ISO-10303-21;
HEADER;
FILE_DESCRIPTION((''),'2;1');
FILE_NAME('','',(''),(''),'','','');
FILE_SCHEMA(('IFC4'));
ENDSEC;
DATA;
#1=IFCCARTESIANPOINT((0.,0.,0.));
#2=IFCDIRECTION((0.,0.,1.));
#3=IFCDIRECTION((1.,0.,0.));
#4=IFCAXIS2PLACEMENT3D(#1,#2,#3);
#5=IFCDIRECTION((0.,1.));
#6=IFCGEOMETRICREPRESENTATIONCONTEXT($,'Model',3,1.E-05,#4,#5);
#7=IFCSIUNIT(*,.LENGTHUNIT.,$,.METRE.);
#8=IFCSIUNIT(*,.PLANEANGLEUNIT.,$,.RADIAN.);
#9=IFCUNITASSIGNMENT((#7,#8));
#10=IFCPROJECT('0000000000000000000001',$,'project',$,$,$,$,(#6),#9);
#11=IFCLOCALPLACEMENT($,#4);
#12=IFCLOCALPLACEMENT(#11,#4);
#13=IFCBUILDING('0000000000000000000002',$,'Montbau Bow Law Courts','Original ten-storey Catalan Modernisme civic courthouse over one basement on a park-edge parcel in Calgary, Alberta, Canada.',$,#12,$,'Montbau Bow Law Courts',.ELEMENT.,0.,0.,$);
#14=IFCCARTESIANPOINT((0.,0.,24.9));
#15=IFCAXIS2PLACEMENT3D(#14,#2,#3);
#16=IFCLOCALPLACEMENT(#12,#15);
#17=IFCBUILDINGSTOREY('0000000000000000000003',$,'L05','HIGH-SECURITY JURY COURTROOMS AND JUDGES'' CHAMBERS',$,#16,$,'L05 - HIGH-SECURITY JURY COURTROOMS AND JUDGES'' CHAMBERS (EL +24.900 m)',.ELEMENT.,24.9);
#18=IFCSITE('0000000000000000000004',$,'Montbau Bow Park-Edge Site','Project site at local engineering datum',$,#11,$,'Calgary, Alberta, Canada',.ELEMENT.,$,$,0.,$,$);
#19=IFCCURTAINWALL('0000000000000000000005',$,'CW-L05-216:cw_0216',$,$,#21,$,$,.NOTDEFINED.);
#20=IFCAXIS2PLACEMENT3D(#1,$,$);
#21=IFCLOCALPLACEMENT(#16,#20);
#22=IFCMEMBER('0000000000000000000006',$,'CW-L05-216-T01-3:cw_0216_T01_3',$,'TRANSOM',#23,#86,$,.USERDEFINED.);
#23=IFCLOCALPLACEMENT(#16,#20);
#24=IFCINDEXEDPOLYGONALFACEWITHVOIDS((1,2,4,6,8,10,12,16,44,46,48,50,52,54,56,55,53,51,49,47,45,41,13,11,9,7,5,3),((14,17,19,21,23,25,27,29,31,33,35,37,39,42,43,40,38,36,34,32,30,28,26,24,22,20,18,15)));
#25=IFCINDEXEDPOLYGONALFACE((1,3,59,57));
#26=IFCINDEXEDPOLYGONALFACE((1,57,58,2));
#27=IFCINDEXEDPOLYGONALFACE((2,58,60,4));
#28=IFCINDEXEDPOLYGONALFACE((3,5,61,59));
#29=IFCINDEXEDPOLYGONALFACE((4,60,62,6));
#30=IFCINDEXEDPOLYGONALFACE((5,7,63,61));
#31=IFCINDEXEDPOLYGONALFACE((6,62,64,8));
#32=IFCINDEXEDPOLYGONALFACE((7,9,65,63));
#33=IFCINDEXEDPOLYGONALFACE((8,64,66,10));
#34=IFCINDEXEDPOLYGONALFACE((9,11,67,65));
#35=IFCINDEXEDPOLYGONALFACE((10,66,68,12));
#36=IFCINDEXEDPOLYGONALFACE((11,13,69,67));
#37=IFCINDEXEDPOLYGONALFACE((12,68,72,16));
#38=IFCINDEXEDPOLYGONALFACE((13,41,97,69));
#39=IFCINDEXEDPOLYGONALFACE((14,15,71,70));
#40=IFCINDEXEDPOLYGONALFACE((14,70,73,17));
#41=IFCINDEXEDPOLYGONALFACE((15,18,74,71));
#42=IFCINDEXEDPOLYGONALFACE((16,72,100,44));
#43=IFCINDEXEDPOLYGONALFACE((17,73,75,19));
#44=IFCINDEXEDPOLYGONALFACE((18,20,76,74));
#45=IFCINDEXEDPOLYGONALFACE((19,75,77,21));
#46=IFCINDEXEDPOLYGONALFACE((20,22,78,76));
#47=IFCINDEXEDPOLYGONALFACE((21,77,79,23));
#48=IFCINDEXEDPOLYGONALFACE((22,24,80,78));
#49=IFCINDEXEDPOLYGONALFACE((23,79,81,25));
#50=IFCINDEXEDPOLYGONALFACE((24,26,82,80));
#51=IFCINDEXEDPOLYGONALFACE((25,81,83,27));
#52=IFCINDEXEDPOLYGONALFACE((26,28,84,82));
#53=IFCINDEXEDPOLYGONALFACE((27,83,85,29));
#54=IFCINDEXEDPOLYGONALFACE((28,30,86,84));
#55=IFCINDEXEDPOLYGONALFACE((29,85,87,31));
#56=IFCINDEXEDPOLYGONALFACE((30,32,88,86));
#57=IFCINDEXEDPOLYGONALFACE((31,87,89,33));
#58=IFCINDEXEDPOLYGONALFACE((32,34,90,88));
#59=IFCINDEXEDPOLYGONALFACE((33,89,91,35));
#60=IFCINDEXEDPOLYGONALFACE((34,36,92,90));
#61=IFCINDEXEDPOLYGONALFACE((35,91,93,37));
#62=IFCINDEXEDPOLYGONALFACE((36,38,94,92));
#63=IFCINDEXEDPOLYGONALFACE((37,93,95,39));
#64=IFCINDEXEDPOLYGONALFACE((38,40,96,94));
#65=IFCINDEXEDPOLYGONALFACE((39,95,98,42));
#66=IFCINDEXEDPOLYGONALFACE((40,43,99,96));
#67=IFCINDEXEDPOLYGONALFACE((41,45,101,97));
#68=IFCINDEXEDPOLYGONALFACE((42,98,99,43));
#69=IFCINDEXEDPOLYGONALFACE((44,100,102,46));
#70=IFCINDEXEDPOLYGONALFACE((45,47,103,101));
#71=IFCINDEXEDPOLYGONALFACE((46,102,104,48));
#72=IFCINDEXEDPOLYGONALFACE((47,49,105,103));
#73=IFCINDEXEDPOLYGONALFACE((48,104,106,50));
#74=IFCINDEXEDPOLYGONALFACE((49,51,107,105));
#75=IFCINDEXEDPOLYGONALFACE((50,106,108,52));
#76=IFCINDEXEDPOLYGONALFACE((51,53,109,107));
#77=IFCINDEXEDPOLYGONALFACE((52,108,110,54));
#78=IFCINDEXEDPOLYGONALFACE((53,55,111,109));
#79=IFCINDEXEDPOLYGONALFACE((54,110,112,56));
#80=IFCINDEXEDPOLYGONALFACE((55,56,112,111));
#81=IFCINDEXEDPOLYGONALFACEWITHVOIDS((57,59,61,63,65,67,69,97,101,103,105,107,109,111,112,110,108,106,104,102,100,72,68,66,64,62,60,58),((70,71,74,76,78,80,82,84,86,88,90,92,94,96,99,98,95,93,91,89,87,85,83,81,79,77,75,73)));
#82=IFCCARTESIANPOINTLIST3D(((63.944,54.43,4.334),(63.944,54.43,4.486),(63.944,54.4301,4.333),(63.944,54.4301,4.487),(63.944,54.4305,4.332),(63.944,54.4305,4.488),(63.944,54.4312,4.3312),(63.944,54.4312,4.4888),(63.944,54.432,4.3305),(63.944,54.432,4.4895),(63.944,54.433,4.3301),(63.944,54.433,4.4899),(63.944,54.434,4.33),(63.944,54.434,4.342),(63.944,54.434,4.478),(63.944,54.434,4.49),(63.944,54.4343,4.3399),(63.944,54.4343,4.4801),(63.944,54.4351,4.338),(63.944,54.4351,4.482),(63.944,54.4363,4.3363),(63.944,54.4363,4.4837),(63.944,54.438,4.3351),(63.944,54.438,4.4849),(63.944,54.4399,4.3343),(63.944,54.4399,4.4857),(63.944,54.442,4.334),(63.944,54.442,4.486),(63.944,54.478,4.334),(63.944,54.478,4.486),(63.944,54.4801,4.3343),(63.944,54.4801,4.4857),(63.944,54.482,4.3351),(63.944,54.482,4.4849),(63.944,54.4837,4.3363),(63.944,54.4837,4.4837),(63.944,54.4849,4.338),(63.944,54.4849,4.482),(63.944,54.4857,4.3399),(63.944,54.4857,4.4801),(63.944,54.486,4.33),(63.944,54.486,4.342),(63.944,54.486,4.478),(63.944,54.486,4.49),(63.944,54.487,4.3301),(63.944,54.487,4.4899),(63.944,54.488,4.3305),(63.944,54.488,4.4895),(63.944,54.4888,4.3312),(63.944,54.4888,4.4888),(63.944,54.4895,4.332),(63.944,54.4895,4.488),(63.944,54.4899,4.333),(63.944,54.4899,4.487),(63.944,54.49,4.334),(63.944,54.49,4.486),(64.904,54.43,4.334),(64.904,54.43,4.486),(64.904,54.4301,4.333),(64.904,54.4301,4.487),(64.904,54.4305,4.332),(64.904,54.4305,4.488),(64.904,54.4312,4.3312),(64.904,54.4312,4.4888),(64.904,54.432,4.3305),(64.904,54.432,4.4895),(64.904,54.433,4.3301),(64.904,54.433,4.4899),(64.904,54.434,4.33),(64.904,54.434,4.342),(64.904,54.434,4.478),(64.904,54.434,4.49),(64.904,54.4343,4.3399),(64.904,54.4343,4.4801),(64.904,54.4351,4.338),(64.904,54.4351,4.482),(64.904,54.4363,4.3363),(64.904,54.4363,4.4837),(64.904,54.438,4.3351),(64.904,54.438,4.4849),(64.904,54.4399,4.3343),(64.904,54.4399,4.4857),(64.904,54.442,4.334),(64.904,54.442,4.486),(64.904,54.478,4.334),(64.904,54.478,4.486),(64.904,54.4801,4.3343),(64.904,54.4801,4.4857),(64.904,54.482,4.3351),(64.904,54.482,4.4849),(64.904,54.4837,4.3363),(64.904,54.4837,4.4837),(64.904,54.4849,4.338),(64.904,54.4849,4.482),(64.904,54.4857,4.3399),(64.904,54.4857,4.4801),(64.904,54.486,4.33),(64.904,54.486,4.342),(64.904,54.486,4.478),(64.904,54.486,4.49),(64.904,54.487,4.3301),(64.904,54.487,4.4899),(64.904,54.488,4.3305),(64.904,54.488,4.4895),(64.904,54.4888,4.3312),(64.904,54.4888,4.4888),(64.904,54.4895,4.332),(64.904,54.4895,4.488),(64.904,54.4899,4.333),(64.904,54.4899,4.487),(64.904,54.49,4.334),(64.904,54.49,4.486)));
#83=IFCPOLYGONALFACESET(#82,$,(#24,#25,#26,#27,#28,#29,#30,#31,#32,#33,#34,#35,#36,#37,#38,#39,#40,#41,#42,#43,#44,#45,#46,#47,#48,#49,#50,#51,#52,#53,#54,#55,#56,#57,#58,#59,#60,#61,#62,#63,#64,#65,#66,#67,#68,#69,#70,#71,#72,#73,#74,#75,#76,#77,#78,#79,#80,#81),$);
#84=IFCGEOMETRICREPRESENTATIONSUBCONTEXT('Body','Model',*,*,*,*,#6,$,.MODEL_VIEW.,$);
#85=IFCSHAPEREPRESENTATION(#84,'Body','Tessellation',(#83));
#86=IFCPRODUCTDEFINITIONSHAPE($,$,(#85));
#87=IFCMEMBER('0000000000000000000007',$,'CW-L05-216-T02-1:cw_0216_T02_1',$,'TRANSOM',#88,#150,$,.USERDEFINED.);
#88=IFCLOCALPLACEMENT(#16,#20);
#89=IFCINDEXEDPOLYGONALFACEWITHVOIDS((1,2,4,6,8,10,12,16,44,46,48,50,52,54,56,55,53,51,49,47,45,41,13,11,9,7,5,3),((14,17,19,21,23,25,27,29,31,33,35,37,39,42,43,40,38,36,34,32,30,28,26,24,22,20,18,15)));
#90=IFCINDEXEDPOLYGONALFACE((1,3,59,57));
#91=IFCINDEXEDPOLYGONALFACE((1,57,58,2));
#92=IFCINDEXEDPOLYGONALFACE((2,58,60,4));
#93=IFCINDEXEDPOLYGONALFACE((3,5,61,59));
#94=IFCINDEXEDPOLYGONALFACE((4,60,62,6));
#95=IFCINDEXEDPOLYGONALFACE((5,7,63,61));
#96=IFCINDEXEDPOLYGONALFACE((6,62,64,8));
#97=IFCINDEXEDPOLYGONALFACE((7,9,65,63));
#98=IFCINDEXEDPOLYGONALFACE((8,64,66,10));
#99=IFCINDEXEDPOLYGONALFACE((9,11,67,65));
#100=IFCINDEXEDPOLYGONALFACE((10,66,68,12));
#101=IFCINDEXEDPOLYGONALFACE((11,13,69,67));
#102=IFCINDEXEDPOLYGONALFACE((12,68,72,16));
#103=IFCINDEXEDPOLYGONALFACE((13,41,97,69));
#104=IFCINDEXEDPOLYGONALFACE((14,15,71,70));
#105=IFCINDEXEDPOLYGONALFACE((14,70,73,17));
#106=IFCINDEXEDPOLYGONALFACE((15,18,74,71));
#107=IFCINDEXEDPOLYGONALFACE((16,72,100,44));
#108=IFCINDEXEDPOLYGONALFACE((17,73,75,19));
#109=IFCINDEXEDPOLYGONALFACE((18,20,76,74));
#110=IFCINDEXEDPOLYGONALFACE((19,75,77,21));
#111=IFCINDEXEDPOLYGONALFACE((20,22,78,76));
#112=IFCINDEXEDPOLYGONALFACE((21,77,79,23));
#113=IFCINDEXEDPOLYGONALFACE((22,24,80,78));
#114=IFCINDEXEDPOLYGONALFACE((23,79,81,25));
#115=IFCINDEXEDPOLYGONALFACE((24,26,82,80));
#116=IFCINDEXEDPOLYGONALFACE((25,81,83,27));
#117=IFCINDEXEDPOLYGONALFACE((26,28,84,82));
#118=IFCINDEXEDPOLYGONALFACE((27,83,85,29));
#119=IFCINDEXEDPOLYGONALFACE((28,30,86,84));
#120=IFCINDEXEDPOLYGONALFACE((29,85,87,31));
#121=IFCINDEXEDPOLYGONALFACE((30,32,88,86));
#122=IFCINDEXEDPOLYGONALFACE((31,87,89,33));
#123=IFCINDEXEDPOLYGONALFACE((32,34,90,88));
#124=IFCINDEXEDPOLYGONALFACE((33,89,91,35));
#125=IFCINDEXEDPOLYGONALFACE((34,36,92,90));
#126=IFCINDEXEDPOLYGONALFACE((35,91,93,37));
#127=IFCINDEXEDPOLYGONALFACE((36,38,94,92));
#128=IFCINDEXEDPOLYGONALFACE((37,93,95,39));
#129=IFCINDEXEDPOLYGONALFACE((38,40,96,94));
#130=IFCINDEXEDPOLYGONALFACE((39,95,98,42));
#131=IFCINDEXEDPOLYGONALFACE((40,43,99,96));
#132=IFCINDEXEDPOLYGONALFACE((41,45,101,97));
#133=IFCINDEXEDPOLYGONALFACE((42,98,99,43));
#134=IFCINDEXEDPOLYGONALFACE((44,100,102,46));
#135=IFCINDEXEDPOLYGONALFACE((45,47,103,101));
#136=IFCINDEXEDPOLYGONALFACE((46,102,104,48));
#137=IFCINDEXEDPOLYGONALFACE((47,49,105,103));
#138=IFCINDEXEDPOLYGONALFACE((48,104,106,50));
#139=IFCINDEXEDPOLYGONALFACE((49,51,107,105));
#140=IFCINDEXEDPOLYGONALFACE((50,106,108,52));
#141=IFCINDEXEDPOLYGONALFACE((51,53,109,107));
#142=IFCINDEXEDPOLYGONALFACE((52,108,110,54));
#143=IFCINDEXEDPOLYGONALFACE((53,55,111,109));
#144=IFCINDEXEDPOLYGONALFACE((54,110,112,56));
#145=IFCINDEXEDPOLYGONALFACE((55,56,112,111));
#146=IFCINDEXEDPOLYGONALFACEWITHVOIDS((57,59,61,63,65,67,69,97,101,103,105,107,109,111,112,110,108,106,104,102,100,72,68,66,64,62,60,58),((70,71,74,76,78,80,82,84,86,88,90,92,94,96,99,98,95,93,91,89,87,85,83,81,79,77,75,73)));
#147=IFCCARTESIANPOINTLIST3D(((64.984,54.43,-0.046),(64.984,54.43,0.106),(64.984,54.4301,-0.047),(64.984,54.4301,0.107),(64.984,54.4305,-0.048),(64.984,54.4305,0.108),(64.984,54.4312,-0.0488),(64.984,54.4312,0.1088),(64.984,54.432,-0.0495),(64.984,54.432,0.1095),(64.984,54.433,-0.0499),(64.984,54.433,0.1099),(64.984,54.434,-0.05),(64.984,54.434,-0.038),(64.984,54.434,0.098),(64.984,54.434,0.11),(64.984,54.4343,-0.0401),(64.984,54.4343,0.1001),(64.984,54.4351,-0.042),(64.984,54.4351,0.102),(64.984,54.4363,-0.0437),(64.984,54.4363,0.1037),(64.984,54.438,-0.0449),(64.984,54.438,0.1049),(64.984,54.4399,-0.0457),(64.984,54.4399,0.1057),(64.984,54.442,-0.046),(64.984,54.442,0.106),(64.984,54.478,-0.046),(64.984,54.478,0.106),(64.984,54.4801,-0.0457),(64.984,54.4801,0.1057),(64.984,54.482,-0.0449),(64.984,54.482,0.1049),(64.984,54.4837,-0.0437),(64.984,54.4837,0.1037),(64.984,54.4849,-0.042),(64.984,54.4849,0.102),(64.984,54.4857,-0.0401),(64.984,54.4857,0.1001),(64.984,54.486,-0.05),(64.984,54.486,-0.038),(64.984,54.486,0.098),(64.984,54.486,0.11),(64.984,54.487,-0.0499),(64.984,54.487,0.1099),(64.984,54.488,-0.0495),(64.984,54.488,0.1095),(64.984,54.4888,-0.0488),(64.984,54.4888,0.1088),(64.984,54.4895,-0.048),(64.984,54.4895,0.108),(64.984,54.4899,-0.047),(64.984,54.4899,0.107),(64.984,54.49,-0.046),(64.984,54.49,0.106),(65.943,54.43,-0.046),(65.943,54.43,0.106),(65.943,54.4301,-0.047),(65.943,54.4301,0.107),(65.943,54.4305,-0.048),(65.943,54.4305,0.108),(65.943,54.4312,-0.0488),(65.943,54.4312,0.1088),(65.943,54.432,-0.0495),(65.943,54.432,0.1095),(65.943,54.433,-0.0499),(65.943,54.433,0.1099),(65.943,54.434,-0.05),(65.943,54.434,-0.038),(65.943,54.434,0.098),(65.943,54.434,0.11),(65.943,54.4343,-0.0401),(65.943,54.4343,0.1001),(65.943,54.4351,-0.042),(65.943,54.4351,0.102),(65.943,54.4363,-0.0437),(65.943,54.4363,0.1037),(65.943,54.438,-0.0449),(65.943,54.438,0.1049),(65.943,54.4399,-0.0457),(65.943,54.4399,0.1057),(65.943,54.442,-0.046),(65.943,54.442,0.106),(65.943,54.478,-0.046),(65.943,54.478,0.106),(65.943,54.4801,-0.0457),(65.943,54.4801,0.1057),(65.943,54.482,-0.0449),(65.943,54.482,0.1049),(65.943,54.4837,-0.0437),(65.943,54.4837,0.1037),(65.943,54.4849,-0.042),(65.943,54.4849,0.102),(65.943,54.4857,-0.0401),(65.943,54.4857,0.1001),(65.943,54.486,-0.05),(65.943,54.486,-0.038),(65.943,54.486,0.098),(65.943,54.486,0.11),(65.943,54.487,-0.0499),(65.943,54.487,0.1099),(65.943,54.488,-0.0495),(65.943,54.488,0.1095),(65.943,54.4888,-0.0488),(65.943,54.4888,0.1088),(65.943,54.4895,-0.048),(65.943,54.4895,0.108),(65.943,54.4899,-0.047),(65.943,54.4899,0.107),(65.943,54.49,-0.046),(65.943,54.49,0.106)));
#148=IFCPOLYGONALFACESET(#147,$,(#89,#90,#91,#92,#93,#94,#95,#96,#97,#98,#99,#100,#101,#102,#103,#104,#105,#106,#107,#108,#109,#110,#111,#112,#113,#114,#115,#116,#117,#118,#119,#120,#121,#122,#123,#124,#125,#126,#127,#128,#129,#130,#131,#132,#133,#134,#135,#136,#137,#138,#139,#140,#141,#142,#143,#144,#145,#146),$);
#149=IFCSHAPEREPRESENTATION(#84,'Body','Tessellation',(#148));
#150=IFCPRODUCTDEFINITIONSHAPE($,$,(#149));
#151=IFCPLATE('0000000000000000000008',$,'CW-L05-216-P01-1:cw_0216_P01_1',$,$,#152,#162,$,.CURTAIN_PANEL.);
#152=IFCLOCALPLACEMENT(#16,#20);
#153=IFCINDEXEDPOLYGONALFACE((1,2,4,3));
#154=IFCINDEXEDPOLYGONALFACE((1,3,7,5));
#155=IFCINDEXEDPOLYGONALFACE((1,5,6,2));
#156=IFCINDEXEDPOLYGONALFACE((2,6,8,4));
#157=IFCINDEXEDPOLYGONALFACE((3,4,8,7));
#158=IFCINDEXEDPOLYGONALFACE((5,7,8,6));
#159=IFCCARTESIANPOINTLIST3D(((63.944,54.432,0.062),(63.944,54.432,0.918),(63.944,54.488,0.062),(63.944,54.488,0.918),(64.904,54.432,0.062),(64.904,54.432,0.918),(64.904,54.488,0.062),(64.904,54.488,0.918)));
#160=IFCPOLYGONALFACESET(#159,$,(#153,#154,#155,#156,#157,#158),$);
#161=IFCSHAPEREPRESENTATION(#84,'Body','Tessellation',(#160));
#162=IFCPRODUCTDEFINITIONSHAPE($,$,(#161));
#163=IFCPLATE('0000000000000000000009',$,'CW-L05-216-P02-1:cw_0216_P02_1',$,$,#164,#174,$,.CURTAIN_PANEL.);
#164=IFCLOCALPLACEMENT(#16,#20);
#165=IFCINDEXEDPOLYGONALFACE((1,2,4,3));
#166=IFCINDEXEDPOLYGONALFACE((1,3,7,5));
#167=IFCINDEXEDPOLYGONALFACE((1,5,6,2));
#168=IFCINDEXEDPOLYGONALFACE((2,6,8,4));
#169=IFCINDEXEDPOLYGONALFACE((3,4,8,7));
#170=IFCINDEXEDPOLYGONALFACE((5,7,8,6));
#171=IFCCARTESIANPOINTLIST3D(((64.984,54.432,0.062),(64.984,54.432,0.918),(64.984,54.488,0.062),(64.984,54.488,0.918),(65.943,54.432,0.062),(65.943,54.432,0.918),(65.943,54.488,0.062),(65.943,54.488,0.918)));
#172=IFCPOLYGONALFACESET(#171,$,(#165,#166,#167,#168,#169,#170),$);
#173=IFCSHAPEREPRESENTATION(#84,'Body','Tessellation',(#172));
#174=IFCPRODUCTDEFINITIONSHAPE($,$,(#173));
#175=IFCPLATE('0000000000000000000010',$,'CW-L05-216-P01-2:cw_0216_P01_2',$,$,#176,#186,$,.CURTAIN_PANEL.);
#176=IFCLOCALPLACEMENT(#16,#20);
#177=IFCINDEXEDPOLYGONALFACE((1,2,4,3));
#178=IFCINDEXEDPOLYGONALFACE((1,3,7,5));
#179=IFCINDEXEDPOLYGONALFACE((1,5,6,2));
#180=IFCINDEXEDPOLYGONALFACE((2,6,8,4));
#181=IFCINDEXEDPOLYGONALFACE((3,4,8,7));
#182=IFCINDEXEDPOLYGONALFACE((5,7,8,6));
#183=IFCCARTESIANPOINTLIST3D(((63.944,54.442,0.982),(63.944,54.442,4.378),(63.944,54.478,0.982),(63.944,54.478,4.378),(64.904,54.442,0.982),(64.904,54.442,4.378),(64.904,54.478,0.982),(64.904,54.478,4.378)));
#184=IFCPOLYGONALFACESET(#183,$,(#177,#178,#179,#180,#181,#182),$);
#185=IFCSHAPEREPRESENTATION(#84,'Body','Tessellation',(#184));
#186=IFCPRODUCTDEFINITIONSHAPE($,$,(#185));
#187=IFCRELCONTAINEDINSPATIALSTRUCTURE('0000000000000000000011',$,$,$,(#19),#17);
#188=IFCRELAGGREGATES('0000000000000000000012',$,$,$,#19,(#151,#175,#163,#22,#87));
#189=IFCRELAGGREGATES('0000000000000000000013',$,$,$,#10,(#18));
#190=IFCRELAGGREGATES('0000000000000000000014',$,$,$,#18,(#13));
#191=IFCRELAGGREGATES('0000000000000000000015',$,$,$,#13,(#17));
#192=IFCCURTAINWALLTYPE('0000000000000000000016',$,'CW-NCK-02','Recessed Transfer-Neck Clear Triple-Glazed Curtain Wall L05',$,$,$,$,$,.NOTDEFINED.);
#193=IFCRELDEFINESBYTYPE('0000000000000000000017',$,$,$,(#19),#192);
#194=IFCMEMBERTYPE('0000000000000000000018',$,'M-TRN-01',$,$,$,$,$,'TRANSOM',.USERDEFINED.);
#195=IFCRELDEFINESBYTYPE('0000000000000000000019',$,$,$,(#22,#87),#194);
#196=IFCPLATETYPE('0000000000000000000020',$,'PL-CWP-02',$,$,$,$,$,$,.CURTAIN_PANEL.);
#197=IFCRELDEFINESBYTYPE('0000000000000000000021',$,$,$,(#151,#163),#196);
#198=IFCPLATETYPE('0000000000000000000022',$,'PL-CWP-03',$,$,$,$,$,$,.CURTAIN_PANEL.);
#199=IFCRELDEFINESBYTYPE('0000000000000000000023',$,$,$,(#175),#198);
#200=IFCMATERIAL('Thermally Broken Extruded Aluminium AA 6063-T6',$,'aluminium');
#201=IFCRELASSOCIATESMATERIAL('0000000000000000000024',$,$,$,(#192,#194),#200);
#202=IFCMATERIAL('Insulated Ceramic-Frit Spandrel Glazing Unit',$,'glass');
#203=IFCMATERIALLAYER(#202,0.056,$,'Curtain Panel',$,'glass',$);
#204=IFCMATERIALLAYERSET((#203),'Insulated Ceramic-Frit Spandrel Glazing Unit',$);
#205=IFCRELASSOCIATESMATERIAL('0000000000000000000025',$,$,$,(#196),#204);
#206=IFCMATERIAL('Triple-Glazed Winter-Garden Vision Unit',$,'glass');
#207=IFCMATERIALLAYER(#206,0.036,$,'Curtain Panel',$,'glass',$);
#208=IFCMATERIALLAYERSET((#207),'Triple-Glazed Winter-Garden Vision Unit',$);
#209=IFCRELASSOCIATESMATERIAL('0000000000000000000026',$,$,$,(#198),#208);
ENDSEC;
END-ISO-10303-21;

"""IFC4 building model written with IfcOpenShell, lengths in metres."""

from ifc_helpers import new_model, si_unit, direction, frame, frame_2d, origin_with_axes, origin_2d_with_axis, place, context, subcontext, project, spatial, rectangle, hollow_rectangle, extrude, material, layer, layer_set, material_profile, profile_set, type_object, element, aggregate, save


model = new_model("IFC4")

# Units and contexts
model_context = context("Model", 3, precision=1e-05, world=origin_with_axes(), true_north=direction((0.0, 1.0)))
body_context = subcontext(model_context, "Body", "Model", "MODEL_VIEW")
ifc_project = project(units=[si_unit("LENGTHUNIT", "METRE"), si_unit("PLANEANGLEUNIT", "RADIAN")], contexts=[model_context])

# Site, building, storey
site_placement = place(None, origin_with_axes())
site = spatial("IfcSite", under=ifc_project, at=site_placement, Name="Montbau Bow Park-Edge Site", Description="Project site at local engineering datum", LongName="Calgary, Alberta, Canada", CompositionType="ELEMENT", RefElevation=0.0)
building_placement = place(site_placement, origin_with_axes())
building = spatial("IfcBuilding", under=site, at=building_placement, Name="Montbau Bow Law Courts", Description="Original ten-storey Catalan Modernisme civic courthouse over one basement on a park-edge parcel in Calgary, Alberta, Canada.", LongName="Montbau Bow Law Courts", CompositionType="ELEMENT", ElevationOfRefHeight=0.0, ElevationOfTerrain=0.0)
storey_placement = place(building_placement, frame((0.0, 0.0, 24.9), z_axis=(0.0, 0.0, 1.0), x_axis=(1.0, 0.0, 0.0)))
storey = spatial("IfcBuildingStorey", under=building, at=storey_placement, Name="L05", Description="HIGH-SECURITY JURY COURTROOMS AND JUDGES' CHAMBERS", LongName="L05 - HIGH-SECURITY JURY COURTROOMS AND JUDGES' CHAMBERS (EL +24.900 m)", CompositionType="ELEMENT", Elevation=24.9)

# Curtain wall
ifc_material_1 = material(Name="Thermally Broken Extruded Aluminium AA 6063-T6", Category="aluminium")
curtain_wall_type = type_object("IfcCurtainWallType", Name="CW-NCK-02", Description="Recessed Transfer-Neck Clear Triple-Glazed Curtain Wall L05", PredefinedType="NOTDEFINED", material=ifc_material_1)
curtain_wall_1_placement = place(None, frame((63.868, 54.46, 24.9), z_axis=(0.0, 0.0, 1.0), x_axis=(1.0, 0.0, 0.0)))
curtain_wall_1 = element("IfcCurtainWall", 1, at=curtain_wall_1_placement, inside=storey, type_object=curtain_wall_type, Name="CW-L05-216:cw_0216", PredefinedType="NOTDEFINED")

# Members
ifc_material_profile_1 = material_profile(ifc_material_1, hollow_rectangle(XDim=0.06, YDim=0.16, WallThickness=0.004, InnerFilletRadius=0.008, OuterFilletRadius=0.004, at=origin_2d_with_axis()), Name="CWT-160X60", Category="Main", Priority=0)
ifc_profile_set_1 = profile_set([ifc_material_profile_1], Name="Thermally Broken Extruded Aluminium AA 6063-T6")
member_type_1 = type_object("IfcMemberType", Name="M-TRN-01", ElementType="TRANSOM", PredefinedType="USERDEFINED", material=ifc_profile_set_1)
member_1_placement = place(None, frame((63.944, 54.46, 29.31), z_axis=(1.0, 0.0, 0.0), x_axis=(0.0, 1.0, 0.0)))
member_1 = element("IfcMember", 2, at=member_1_placement, type_object=member_type_1, Name="CW-L05-216-T01-3:cw_0216_T01_3", ObjectType="TRANSOM", PredefinedType="USERDEFINED", context=body_context, shape_type="SweptSolid", body=[
    extrude(hollow_rectangle(XDim=0.06, YDim=0.16, WallThickness=0.004, InnerFilletRadius=0.008, OuterFilletRadius=0.004, at=origin_2d_with_axis()), origin_with_axes(), (0.0, 0.0, 1.0), 0.96),
])
member_2_placement = place(None, frame((64.984, 54.46, 24.93), z_axis=(1.0, 0.0, 0.0), x_axis=(0.0, 1.0, 0.0)))
member_2 = element("IfcMember", 3, at=member_2_placement, type_object=member_type_1, Name="CW-L05-216-T02-1:cw_0216_T02_1", ObjectType="TRANSOM", PredefinedType="USERDEFINED", context=body_context, shape_type="SweptSolid", body=[
    extrude(hollow_rectangle(XDim=0.06, YDim=0.16, WallThickness=0.004, InnerFilletRadius=0.008, OuterFilletRadius=0.004, at=origin_2d_with_axis()), origin_with_axes(), (0.0, 0.0, 1.0), 0.959),
])

# Plates
ifc_material_2 = material(Name="Insulated Ceramic-Frit Spandrel Glazing Unit", Category="glass")
ifc_layer_1 = layer(ifc_material_2, 0.056, Name="Curtain Panel", Category="glass")
ifc_layer_set_1 = layer_set([ifc_layer_1], Name="Insulated Ceramic-Frit Spandrel Glazing Unit")
plate_type_1 = type_object("IfcPlateType", Name="PL-CWP-02", PredefinedType="CURTAIN_PANEL", material=ifc_layer_set_1)
plate_1_placement = place(None, frame((63.944, 54.46, 24.962), z_axis=(0.0, -1.0, 0.0), x_axis=(1.0, 0.0, 0.0)))
plate_1 = element("IfcPlate", 4, at=plate_1_placement, type_object=plate_type_1, Name="CW-L05-216-P01-1:cw_0216_P01_1", PredefinedType="CURTAIN_PANEL", context=body_context, shape_type="SweptSolid", body=[
    extrude(rectangle(XDim=0.96, YDim=0.856, at=frame_2d((0.48, 0.428), x_axis=(1.0, 0.0))), frame((0.0, 0.0, -0.028), z_axis=(0.0, 0.0, 1.0), x_axis=(1.0, 0.0, 0.0)), (0.0, 0.0, 1.0), 0.056),
])
plate_2_placement = place(None, frame((64.984, 54.46, 24.962), z_axis=(0.0, -1.0, 0.0), x_axis=(1.0, 0.0, 0.0)))
plate_2 = element("IfcPlate", 5, at=plate_2_placement, type_object=plate_type_1, Name="CW-L05-216-P02-1:cw_0216_P02_1", PredefinedType="CURTAIN_PANEL", context=body_context, shape_type="SweptSolid", body=[
    extrude(rectangle(XDim=0.959, YDim=0.856, at=frame_2d((0.4795, 0.428), x_axis=(1.0, 0.0))), frame((0.0, 0.0, -0.028), z_axis=(0.0, 0.0, 1.0), x_axis=(1.0, 0.0, 0.0)), (0.0, 0.0, 1.0), 0.056),
])
ifc_material_3 = material(Name="Triple-Glazed Winter-Garden Vision Unit", Category="glass")
ifc_layer_2 = layer(ifc_material_3, 0.036, Name="Curtain Panel", Category="glass")
ifc_layer_set_2 = layer_set([ifc_layer_2], Name="Triple-Glazed Winter-Garden Vision Unit")
plate_type_2 = type_object("IfcPlateType", Name="PL-CWP-03", PredefinedType="CURTAIN_PANEL", material=ifc_layer_set_2)
plate_3_placement = place(None, frame((63.944, 54.46, 25.882), z_axis=(0.0, -1.0, 0.0), x_axis=(1.0, 0.0, 0.0)))
plate_3 = element("IfcPlate", 6, at=plate_3_placement, type_object=plate_type_2, Name="CW-L05-216-P01-2:cw_0216_P01_2", PredefinedType="CURTAIN_PANEL", context=body_context, shape_type="SweptSolid", body=[
    extrude(rectangle(XDim=0.96, YDim=3.396, at=frame_2d((0.48, 1.698), x_axis=(1.0, 0.0))), frame((0.0, 0.0, -0.018), z_axis=(0.0, 0.0, 1.0), x_axis=(1.0, 0.0, 0.0)), (0.0, 0.0, 1.0), 0.036),
])
aggregate(curtain_wall_1, [plate_1, plate_3, plate_2, member_1, member_2])

save(model, "model.ifc")
